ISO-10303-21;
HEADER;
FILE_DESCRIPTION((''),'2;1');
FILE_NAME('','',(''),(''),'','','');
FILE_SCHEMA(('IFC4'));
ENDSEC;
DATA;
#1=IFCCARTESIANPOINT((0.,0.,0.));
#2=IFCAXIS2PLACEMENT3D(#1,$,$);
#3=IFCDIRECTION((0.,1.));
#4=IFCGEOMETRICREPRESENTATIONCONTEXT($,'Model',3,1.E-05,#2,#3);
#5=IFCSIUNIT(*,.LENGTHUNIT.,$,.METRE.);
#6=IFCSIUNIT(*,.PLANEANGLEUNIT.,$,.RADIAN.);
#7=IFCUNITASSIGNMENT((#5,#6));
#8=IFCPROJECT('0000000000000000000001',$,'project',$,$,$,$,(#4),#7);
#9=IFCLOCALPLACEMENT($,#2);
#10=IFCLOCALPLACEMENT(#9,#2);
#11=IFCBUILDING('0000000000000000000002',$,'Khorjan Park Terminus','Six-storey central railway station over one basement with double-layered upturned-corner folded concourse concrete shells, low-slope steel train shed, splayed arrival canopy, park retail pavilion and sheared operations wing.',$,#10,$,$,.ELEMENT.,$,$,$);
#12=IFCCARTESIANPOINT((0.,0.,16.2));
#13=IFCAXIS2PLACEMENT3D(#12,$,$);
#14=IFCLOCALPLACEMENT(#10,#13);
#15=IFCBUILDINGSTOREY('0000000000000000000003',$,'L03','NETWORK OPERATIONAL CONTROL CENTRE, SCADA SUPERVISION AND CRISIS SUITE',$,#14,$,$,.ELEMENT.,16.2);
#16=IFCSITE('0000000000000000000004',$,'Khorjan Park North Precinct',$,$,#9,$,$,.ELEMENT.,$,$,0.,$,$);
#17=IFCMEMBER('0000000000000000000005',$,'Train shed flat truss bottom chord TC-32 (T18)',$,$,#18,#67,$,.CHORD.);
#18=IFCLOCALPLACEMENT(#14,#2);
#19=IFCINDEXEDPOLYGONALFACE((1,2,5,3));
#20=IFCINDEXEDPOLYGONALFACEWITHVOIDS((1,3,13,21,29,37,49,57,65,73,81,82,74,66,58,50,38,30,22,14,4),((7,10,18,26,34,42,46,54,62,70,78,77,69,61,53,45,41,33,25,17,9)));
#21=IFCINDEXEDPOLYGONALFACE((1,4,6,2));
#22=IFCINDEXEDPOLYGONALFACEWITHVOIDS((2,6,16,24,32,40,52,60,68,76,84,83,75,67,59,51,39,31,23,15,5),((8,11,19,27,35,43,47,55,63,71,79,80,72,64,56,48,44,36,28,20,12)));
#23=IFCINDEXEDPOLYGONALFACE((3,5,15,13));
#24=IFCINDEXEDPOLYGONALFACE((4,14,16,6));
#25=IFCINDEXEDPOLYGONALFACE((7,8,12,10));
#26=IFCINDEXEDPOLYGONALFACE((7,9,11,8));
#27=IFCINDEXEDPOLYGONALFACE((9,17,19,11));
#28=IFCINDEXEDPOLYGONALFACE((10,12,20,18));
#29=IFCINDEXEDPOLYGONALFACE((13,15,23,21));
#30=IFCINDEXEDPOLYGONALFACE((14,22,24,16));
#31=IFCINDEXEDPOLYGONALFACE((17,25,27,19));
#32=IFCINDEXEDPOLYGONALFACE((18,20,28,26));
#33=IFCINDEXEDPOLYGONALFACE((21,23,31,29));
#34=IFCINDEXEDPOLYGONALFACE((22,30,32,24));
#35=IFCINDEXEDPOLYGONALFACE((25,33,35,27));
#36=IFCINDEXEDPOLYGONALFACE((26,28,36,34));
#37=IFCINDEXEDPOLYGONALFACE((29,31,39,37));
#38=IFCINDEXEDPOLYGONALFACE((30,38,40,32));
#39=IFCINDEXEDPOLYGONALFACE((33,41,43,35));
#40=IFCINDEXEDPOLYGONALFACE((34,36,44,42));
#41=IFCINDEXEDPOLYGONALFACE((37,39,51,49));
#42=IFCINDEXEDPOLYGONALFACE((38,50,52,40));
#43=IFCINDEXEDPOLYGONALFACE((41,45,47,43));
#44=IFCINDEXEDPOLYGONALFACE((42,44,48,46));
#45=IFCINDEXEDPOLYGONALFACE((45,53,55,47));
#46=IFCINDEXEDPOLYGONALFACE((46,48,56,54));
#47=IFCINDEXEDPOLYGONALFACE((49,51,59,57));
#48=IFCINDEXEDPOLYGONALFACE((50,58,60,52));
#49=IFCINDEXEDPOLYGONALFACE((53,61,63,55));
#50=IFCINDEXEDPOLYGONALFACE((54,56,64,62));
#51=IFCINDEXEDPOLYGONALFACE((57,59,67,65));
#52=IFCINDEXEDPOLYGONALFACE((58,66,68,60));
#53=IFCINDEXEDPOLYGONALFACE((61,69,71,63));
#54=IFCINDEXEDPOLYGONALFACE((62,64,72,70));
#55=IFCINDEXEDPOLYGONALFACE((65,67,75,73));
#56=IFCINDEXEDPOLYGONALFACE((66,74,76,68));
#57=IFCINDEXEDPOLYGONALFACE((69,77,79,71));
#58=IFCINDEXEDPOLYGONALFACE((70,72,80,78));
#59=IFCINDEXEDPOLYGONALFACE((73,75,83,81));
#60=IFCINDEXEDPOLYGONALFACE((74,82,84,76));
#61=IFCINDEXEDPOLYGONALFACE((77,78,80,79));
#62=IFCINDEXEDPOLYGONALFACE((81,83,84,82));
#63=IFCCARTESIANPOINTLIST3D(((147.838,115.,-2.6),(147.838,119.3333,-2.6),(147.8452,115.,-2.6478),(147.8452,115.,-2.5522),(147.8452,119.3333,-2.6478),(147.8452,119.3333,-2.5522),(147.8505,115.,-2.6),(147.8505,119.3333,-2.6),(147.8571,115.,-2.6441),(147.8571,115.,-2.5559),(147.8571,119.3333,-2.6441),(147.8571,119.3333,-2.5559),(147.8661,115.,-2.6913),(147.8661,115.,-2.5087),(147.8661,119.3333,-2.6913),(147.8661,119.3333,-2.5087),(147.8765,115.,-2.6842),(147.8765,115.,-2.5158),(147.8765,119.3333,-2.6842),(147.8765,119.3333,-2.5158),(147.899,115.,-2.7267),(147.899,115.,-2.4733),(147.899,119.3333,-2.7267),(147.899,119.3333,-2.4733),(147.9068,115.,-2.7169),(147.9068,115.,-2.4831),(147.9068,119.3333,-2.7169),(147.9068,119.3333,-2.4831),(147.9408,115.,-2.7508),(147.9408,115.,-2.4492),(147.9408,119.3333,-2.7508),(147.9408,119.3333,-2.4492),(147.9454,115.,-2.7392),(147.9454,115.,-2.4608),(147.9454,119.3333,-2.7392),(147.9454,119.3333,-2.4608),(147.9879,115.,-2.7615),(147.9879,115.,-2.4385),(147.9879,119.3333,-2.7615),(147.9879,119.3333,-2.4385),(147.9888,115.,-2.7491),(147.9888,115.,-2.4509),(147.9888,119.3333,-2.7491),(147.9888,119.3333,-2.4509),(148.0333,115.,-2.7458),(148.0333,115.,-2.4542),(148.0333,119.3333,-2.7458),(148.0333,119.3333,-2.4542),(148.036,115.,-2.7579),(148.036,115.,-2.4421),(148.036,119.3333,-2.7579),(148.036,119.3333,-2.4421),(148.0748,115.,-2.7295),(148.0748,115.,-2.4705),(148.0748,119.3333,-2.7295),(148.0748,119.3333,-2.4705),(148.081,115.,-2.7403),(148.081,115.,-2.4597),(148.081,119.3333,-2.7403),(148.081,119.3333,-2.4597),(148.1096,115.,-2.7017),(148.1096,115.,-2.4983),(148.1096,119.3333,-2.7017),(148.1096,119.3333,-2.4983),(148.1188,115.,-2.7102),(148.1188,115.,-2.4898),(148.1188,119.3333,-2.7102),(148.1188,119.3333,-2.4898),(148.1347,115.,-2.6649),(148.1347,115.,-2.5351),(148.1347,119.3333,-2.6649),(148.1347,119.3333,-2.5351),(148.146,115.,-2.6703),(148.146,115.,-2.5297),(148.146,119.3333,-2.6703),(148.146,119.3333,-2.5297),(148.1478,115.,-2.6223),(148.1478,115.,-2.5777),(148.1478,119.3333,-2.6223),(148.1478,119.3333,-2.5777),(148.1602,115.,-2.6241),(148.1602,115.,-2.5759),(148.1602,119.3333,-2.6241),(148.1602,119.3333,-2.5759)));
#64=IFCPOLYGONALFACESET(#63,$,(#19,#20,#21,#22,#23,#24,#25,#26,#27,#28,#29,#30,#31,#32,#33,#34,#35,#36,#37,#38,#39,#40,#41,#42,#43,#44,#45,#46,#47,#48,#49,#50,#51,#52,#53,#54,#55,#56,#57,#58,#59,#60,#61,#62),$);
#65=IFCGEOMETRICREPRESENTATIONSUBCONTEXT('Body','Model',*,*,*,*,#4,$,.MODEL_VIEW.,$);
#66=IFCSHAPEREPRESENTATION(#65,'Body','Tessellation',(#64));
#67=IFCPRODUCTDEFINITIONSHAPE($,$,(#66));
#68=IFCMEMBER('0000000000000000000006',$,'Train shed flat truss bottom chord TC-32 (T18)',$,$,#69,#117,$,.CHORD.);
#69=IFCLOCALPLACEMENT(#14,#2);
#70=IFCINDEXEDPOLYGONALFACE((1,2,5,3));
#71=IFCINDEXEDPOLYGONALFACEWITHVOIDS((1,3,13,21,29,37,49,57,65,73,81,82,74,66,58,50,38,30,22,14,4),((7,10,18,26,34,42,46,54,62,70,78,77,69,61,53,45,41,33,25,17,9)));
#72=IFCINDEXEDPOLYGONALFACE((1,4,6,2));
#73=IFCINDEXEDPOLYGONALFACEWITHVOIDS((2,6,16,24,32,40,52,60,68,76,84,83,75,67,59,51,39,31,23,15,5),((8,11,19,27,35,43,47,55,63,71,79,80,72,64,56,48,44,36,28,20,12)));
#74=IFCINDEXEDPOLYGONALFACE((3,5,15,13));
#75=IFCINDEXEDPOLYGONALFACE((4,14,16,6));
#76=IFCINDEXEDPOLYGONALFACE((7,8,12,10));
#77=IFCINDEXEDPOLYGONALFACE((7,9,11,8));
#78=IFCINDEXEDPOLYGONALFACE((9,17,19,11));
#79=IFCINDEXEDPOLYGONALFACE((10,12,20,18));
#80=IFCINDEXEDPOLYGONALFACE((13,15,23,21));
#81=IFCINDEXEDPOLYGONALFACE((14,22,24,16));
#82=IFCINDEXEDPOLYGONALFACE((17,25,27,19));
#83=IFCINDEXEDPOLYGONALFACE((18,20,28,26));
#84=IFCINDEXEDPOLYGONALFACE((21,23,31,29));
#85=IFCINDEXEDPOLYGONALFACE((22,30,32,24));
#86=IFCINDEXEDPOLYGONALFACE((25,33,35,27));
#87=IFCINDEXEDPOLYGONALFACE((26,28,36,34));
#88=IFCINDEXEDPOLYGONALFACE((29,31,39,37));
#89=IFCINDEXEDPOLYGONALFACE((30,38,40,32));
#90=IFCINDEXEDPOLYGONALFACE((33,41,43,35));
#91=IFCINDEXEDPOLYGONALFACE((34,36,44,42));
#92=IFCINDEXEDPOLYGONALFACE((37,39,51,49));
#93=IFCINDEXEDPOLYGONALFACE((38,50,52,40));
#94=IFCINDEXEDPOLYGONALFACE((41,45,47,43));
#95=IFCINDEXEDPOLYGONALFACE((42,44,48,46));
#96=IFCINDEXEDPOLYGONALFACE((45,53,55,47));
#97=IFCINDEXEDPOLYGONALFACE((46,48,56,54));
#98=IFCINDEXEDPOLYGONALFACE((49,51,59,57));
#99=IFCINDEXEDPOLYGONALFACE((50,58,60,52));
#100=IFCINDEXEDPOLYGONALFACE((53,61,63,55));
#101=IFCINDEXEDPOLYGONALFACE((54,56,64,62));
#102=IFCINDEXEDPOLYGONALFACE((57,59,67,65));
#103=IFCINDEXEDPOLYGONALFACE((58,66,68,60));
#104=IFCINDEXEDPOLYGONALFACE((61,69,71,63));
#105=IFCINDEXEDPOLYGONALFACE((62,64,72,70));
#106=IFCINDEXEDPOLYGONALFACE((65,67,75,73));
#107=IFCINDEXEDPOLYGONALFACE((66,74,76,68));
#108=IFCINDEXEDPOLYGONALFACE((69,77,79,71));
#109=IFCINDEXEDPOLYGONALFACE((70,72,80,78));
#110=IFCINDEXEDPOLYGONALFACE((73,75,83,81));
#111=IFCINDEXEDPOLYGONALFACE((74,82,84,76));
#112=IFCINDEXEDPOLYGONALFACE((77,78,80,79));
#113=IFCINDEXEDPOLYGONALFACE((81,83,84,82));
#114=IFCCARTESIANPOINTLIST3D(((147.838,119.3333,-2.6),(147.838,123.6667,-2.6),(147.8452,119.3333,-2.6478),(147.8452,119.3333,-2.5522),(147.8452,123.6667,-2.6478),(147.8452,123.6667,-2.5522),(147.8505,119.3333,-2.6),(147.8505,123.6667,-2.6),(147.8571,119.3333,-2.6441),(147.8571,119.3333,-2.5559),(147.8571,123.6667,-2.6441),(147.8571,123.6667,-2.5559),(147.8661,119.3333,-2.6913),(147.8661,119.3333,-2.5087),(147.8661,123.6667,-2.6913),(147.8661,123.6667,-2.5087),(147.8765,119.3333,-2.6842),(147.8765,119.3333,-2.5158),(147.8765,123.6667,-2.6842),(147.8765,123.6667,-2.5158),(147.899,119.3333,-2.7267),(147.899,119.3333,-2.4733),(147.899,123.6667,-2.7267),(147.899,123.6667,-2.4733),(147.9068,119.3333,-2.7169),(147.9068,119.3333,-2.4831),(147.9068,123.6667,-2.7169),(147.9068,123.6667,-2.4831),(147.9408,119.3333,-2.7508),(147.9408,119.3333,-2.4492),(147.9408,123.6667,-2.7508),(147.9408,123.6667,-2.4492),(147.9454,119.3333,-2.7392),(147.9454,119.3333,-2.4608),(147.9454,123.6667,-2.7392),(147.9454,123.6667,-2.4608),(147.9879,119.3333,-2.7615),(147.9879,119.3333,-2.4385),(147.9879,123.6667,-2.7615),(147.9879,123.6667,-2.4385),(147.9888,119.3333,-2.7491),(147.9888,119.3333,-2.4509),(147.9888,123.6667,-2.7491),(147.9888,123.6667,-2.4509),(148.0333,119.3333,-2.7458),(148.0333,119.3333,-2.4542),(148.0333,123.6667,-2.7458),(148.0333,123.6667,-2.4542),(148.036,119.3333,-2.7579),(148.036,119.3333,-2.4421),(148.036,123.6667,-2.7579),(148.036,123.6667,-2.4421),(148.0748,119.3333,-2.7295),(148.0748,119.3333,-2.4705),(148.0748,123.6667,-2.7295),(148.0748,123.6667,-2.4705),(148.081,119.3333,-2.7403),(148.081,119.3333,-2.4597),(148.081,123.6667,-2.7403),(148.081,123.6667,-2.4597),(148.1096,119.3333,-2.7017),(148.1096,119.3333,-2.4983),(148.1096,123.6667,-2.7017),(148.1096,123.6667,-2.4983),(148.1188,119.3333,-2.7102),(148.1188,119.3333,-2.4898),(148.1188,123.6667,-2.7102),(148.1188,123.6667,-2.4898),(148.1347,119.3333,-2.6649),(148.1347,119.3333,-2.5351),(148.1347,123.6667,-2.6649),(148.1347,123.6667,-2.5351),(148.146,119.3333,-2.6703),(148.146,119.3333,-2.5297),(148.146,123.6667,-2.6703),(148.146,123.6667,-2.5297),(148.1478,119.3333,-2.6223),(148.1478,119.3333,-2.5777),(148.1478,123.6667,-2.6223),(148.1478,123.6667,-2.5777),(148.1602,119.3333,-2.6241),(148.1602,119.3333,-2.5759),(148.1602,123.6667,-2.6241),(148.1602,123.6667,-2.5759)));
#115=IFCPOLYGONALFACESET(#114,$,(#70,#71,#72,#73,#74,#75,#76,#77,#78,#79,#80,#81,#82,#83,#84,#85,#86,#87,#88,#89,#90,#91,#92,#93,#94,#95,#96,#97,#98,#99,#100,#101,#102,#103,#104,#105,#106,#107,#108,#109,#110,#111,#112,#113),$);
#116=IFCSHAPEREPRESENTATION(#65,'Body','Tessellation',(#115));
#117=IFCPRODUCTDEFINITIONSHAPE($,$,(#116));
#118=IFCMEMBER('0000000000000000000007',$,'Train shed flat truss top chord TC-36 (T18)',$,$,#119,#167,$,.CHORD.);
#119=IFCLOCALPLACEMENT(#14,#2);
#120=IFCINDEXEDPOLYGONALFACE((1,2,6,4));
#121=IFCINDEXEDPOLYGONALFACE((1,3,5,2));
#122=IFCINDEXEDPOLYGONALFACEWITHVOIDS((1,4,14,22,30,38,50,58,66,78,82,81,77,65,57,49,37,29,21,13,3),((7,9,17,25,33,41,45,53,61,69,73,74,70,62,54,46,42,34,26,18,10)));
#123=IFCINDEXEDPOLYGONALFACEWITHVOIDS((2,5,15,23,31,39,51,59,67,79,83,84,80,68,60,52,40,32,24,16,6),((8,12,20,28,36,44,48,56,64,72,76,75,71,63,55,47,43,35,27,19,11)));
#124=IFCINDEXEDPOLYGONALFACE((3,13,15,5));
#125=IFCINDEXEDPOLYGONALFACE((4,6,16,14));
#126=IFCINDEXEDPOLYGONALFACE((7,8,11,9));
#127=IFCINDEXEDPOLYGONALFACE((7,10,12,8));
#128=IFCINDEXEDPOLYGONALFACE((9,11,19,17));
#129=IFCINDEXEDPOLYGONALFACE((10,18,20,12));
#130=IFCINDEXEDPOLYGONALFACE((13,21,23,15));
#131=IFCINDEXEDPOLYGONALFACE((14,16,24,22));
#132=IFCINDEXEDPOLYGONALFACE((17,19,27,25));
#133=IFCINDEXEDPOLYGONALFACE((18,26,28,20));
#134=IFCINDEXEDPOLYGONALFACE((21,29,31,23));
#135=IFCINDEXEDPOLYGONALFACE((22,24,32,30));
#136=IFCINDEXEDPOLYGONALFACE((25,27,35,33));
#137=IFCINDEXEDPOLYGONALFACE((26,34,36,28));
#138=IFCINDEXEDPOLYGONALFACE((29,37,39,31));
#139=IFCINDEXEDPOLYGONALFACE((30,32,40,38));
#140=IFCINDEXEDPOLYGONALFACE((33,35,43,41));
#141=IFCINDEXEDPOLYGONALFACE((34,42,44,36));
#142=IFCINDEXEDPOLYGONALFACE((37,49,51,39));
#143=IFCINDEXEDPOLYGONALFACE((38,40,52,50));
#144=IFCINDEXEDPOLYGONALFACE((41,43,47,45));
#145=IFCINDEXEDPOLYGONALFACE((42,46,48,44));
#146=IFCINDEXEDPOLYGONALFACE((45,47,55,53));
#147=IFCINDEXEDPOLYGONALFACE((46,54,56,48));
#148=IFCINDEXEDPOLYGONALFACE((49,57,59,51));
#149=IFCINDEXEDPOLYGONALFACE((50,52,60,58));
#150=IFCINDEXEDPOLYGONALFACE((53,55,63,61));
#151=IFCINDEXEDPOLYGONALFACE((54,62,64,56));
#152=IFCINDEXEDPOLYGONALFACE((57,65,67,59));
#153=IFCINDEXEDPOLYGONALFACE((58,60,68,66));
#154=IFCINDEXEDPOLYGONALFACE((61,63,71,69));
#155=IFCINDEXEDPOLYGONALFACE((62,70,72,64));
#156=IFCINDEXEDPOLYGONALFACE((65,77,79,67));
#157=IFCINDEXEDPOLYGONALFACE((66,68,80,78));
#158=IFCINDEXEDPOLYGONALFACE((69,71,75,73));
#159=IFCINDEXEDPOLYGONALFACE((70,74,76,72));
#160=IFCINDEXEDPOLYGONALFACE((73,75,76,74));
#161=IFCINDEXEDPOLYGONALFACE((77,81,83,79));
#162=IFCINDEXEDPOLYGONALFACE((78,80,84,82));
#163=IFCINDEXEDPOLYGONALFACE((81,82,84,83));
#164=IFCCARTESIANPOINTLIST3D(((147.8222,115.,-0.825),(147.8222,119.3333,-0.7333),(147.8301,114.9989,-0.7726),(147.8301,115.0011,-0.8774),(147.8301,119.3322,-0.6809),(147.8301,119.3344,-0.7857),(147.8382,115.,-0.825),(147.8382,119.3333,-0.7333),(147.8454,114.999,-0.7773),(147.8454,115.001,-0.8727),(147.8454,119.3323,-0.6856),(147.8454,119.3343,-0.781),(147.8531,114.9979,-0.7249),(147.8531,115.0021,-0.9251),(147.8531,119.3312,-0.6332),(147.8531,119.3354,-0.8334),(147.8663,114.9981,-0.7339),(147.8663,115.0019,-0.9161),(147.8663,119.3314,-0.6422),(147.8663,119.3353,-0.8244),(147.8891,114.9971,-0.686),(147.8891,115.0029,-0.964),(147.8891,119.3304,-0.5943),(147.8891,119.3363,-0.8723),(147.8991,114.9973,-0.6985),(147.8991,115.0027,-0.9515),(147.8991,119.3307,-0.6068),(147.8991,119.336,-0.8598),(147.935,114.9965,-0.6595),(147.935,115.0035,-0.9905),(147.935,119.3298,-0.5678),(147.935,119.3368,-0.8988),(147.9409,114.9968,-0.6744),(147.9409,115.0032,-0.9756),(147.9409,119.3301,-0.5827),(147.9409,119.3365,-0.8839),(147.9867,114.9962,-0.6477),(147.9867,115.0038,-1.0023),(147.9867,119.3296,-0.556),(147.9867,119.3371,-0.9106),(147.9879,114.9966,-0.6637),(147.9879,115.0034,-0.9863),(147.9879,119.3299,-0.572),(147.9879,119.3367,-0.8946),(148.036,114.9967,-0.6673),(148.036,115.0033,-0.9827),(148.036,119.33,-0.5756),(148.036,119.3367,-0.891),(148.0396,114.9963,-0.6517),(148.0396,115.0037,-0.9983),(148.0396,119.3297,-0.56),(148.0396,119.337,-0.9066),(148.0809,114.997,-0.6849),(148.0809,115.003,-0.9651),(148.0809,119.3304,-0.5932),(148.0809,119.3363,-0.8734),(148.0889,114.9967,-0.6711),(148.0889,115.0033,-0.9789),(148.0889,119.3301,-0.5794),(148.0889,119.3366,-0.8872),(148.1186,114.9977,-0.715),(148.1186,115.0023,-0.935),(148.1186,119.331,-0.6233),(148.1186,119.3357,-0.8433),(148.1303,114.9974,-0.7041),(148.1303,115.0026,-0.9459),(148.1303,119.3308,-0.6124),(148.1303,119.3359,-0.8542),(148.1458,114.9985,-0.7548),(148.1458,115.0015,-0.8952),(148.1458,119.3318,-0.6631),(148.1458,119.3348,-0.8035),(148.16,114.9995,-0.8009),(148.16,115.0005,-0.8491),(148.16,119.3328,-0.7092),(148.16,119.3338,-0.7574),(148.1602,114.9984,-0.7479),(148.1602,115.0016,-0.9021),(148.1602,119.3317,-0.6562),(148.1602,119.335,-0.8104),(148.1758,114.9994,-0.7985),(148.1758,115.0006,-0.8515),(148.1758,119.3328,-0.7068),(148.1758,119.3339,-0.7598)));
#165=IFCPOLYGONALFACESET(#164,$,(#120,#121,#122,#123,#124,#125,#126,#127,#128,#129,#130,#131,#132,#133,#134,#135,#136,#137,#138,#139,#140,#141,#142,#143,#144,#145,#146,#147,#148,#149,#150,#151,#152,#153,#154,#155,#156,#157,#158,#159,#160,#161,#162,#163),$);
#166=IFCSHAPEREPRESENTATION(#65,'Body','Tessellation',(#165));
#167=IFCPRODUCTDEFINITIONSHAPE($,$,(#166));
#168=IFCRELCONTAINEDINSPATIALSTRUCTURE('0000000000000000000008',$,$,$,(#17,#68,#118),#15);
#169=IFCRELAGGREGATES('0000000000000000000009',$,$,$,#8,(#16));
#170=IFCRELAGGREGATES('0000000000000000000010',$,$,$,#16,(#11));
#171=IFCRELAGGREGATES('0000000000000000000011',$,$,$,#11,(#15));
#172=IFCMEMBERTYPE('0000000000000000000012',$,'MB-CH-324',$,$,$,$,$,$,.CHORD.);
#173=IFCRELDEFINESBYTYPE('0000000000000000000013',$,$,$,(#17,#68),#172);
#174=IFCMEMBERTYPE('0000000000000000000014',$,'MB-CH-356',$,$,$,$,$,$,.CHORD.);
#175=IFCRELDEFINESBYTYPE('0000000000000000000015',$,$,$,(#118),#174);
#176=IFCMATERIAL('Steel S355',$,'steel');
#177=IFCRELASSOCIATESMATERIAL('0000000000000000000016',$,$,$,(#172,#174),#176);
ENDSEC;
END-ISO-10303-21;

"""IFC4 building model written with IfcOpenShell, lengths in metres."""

from ifc_helpers import new_model, si_unit, direction, frame, origin, origin_2d, place, context, subcontext, project, spatial, hollow_circle, extrude, material, material_profile, profile_set, type_object, element, save


model = new_model("IFC4")

# Units and contexts
model_context = context("Model", 3, precision=1e-05, world=origin(), true_north=direction((0.0, 1.0)))
body_context = subcontext(model_context, "Body", "Model", "MODEL_VIEW")
ifc_project = project(units=[si_unit("LENGTHUNIT", "METRE"), si_unit("PLANEANGLEUNIT", "RADIAN")], contexts=[model_context])

# Site, building, storey
site_placement = place(None, origin())
site = spatial("IfcSite", under=ifc_project, at=site_placement, Name="Khorjan Park North Precinct", CompositionType="ELEMENT", RefElevation=0.0)
building_placement = place(site_placement, origin())
building = spatial("IfcBuilding", under=site, at=building_placement, Name="Khorjan Park Terminus", Description="Six-storey central railway station over one basement with double-layered upturned-corner folded concourse concrete shells, low-slope steel train shed, splayed arrival canopy, park retail pavilion and sheared operations wing.", CompositionType="ELEMENT")
storey_placement = place(building_placement, frame((0.0, 0.0, 16.2)))
storey = spatial("IfcBuildingStorey", under=building, at=storey_placement, Name="L03", Description="NETWORK OPERATIONAL CONTROL CENTRE, SCADA SUPERVISION AND CRISIS SUITE", CompositionType="ELEMENT", Elevation=16.2)

# Members
ifc_material = material(Name="Steel S355", Category="steel")
ifc_material_profile_1 = material_profile(ifc_material, hollow_circle(Radius=0.162, WallThickness=0.0125, at=origin_2d()), Name="CHS 323.9x12.5")
ifc_profile_set_1 = profile_set([ifc_material_profile_1], Name="Steel S355")
member_type_1 = type_object("IfcMemberType", Name="MB-CH-324", PredefinedType="CHORD", material=ifc_profile_set_1)
member_1_placement = place(storey_placement, frame((148.0, 115.0, -2.6), z_axis=(0.0, 1.0, 0.0), x_axis=(-1.0, 0.0, 0.0)))
element("IfcMember", 1, at=member_1_placement, inside=storey, type_object=member_type_1, Name="Train shed flat truss bottom chord TC-32 (T18)", PredefinedType="CHORD", context=body_context, shape_type="SweptSolid", body=[
    extrude(hollow_circle(Radius=0.162, WallThickness=0.0125, at=origin_2d()), origin(), (0.0, 0.0, 1.0), 4.3333),
])
member_2_placement = place(storey_placement, frame((148.0, 119.3333, -2.6), z_axis=(0.0, 1.0, 0.0), x_axis=(-1.0, 0.0, 0.0)))
element("IfcMember", 2, at=member_2_placement, inside=storey, type_object=member_type_1, Name="Train shed flat truss bottom chord TC-32 (T18)", PredefinedType="CHORD", context=body_context, shape_type="SweptSolid", body=[
    extrude(hollow_circle(Radius=0.162, WallThickness=0.0125, at=origin_2d()), origin(), (0.0, 0.0, 1.0), 4.3334),
])
ifc_material_profile_2 = material_profile(ifc_material, hollow_circle(Radius=0.1778, WallThickness=0.016, at=origin_2d()), Name="CHS 355.6x16")
ifc_profile_set_2 = profile_set([ifc_material_profile_2], Name="Steel S355")
member_type_2 = type_object("IfcMemberType", Name="MB-CH-356", PredefinedType="CHORD", material=ifc_profile_set_2)
member_3_placement = place(storey_placement, frame((148.0, 115.0, -0.825), z_axis=(0.0, 0.999776, 0.021157), x_axis=(-1.0, 0.0, 0.0)))
element("IfcMember", 3, at=member_3_placement, inside=storey, type_object=member_type_2, Name="Train shed flat truss top chord TC-36 (T18)", PredefinedType="CHORD", context=body_context, shape_type="SweptSolid", body=[
    extrude(hollow_circle(Radius=0.1778, WallThickness=0.016, at=origin_2d()), origin(), (0.0, 0.0, 1.0), 4.3343),
])

save(model, "model.ifc")
